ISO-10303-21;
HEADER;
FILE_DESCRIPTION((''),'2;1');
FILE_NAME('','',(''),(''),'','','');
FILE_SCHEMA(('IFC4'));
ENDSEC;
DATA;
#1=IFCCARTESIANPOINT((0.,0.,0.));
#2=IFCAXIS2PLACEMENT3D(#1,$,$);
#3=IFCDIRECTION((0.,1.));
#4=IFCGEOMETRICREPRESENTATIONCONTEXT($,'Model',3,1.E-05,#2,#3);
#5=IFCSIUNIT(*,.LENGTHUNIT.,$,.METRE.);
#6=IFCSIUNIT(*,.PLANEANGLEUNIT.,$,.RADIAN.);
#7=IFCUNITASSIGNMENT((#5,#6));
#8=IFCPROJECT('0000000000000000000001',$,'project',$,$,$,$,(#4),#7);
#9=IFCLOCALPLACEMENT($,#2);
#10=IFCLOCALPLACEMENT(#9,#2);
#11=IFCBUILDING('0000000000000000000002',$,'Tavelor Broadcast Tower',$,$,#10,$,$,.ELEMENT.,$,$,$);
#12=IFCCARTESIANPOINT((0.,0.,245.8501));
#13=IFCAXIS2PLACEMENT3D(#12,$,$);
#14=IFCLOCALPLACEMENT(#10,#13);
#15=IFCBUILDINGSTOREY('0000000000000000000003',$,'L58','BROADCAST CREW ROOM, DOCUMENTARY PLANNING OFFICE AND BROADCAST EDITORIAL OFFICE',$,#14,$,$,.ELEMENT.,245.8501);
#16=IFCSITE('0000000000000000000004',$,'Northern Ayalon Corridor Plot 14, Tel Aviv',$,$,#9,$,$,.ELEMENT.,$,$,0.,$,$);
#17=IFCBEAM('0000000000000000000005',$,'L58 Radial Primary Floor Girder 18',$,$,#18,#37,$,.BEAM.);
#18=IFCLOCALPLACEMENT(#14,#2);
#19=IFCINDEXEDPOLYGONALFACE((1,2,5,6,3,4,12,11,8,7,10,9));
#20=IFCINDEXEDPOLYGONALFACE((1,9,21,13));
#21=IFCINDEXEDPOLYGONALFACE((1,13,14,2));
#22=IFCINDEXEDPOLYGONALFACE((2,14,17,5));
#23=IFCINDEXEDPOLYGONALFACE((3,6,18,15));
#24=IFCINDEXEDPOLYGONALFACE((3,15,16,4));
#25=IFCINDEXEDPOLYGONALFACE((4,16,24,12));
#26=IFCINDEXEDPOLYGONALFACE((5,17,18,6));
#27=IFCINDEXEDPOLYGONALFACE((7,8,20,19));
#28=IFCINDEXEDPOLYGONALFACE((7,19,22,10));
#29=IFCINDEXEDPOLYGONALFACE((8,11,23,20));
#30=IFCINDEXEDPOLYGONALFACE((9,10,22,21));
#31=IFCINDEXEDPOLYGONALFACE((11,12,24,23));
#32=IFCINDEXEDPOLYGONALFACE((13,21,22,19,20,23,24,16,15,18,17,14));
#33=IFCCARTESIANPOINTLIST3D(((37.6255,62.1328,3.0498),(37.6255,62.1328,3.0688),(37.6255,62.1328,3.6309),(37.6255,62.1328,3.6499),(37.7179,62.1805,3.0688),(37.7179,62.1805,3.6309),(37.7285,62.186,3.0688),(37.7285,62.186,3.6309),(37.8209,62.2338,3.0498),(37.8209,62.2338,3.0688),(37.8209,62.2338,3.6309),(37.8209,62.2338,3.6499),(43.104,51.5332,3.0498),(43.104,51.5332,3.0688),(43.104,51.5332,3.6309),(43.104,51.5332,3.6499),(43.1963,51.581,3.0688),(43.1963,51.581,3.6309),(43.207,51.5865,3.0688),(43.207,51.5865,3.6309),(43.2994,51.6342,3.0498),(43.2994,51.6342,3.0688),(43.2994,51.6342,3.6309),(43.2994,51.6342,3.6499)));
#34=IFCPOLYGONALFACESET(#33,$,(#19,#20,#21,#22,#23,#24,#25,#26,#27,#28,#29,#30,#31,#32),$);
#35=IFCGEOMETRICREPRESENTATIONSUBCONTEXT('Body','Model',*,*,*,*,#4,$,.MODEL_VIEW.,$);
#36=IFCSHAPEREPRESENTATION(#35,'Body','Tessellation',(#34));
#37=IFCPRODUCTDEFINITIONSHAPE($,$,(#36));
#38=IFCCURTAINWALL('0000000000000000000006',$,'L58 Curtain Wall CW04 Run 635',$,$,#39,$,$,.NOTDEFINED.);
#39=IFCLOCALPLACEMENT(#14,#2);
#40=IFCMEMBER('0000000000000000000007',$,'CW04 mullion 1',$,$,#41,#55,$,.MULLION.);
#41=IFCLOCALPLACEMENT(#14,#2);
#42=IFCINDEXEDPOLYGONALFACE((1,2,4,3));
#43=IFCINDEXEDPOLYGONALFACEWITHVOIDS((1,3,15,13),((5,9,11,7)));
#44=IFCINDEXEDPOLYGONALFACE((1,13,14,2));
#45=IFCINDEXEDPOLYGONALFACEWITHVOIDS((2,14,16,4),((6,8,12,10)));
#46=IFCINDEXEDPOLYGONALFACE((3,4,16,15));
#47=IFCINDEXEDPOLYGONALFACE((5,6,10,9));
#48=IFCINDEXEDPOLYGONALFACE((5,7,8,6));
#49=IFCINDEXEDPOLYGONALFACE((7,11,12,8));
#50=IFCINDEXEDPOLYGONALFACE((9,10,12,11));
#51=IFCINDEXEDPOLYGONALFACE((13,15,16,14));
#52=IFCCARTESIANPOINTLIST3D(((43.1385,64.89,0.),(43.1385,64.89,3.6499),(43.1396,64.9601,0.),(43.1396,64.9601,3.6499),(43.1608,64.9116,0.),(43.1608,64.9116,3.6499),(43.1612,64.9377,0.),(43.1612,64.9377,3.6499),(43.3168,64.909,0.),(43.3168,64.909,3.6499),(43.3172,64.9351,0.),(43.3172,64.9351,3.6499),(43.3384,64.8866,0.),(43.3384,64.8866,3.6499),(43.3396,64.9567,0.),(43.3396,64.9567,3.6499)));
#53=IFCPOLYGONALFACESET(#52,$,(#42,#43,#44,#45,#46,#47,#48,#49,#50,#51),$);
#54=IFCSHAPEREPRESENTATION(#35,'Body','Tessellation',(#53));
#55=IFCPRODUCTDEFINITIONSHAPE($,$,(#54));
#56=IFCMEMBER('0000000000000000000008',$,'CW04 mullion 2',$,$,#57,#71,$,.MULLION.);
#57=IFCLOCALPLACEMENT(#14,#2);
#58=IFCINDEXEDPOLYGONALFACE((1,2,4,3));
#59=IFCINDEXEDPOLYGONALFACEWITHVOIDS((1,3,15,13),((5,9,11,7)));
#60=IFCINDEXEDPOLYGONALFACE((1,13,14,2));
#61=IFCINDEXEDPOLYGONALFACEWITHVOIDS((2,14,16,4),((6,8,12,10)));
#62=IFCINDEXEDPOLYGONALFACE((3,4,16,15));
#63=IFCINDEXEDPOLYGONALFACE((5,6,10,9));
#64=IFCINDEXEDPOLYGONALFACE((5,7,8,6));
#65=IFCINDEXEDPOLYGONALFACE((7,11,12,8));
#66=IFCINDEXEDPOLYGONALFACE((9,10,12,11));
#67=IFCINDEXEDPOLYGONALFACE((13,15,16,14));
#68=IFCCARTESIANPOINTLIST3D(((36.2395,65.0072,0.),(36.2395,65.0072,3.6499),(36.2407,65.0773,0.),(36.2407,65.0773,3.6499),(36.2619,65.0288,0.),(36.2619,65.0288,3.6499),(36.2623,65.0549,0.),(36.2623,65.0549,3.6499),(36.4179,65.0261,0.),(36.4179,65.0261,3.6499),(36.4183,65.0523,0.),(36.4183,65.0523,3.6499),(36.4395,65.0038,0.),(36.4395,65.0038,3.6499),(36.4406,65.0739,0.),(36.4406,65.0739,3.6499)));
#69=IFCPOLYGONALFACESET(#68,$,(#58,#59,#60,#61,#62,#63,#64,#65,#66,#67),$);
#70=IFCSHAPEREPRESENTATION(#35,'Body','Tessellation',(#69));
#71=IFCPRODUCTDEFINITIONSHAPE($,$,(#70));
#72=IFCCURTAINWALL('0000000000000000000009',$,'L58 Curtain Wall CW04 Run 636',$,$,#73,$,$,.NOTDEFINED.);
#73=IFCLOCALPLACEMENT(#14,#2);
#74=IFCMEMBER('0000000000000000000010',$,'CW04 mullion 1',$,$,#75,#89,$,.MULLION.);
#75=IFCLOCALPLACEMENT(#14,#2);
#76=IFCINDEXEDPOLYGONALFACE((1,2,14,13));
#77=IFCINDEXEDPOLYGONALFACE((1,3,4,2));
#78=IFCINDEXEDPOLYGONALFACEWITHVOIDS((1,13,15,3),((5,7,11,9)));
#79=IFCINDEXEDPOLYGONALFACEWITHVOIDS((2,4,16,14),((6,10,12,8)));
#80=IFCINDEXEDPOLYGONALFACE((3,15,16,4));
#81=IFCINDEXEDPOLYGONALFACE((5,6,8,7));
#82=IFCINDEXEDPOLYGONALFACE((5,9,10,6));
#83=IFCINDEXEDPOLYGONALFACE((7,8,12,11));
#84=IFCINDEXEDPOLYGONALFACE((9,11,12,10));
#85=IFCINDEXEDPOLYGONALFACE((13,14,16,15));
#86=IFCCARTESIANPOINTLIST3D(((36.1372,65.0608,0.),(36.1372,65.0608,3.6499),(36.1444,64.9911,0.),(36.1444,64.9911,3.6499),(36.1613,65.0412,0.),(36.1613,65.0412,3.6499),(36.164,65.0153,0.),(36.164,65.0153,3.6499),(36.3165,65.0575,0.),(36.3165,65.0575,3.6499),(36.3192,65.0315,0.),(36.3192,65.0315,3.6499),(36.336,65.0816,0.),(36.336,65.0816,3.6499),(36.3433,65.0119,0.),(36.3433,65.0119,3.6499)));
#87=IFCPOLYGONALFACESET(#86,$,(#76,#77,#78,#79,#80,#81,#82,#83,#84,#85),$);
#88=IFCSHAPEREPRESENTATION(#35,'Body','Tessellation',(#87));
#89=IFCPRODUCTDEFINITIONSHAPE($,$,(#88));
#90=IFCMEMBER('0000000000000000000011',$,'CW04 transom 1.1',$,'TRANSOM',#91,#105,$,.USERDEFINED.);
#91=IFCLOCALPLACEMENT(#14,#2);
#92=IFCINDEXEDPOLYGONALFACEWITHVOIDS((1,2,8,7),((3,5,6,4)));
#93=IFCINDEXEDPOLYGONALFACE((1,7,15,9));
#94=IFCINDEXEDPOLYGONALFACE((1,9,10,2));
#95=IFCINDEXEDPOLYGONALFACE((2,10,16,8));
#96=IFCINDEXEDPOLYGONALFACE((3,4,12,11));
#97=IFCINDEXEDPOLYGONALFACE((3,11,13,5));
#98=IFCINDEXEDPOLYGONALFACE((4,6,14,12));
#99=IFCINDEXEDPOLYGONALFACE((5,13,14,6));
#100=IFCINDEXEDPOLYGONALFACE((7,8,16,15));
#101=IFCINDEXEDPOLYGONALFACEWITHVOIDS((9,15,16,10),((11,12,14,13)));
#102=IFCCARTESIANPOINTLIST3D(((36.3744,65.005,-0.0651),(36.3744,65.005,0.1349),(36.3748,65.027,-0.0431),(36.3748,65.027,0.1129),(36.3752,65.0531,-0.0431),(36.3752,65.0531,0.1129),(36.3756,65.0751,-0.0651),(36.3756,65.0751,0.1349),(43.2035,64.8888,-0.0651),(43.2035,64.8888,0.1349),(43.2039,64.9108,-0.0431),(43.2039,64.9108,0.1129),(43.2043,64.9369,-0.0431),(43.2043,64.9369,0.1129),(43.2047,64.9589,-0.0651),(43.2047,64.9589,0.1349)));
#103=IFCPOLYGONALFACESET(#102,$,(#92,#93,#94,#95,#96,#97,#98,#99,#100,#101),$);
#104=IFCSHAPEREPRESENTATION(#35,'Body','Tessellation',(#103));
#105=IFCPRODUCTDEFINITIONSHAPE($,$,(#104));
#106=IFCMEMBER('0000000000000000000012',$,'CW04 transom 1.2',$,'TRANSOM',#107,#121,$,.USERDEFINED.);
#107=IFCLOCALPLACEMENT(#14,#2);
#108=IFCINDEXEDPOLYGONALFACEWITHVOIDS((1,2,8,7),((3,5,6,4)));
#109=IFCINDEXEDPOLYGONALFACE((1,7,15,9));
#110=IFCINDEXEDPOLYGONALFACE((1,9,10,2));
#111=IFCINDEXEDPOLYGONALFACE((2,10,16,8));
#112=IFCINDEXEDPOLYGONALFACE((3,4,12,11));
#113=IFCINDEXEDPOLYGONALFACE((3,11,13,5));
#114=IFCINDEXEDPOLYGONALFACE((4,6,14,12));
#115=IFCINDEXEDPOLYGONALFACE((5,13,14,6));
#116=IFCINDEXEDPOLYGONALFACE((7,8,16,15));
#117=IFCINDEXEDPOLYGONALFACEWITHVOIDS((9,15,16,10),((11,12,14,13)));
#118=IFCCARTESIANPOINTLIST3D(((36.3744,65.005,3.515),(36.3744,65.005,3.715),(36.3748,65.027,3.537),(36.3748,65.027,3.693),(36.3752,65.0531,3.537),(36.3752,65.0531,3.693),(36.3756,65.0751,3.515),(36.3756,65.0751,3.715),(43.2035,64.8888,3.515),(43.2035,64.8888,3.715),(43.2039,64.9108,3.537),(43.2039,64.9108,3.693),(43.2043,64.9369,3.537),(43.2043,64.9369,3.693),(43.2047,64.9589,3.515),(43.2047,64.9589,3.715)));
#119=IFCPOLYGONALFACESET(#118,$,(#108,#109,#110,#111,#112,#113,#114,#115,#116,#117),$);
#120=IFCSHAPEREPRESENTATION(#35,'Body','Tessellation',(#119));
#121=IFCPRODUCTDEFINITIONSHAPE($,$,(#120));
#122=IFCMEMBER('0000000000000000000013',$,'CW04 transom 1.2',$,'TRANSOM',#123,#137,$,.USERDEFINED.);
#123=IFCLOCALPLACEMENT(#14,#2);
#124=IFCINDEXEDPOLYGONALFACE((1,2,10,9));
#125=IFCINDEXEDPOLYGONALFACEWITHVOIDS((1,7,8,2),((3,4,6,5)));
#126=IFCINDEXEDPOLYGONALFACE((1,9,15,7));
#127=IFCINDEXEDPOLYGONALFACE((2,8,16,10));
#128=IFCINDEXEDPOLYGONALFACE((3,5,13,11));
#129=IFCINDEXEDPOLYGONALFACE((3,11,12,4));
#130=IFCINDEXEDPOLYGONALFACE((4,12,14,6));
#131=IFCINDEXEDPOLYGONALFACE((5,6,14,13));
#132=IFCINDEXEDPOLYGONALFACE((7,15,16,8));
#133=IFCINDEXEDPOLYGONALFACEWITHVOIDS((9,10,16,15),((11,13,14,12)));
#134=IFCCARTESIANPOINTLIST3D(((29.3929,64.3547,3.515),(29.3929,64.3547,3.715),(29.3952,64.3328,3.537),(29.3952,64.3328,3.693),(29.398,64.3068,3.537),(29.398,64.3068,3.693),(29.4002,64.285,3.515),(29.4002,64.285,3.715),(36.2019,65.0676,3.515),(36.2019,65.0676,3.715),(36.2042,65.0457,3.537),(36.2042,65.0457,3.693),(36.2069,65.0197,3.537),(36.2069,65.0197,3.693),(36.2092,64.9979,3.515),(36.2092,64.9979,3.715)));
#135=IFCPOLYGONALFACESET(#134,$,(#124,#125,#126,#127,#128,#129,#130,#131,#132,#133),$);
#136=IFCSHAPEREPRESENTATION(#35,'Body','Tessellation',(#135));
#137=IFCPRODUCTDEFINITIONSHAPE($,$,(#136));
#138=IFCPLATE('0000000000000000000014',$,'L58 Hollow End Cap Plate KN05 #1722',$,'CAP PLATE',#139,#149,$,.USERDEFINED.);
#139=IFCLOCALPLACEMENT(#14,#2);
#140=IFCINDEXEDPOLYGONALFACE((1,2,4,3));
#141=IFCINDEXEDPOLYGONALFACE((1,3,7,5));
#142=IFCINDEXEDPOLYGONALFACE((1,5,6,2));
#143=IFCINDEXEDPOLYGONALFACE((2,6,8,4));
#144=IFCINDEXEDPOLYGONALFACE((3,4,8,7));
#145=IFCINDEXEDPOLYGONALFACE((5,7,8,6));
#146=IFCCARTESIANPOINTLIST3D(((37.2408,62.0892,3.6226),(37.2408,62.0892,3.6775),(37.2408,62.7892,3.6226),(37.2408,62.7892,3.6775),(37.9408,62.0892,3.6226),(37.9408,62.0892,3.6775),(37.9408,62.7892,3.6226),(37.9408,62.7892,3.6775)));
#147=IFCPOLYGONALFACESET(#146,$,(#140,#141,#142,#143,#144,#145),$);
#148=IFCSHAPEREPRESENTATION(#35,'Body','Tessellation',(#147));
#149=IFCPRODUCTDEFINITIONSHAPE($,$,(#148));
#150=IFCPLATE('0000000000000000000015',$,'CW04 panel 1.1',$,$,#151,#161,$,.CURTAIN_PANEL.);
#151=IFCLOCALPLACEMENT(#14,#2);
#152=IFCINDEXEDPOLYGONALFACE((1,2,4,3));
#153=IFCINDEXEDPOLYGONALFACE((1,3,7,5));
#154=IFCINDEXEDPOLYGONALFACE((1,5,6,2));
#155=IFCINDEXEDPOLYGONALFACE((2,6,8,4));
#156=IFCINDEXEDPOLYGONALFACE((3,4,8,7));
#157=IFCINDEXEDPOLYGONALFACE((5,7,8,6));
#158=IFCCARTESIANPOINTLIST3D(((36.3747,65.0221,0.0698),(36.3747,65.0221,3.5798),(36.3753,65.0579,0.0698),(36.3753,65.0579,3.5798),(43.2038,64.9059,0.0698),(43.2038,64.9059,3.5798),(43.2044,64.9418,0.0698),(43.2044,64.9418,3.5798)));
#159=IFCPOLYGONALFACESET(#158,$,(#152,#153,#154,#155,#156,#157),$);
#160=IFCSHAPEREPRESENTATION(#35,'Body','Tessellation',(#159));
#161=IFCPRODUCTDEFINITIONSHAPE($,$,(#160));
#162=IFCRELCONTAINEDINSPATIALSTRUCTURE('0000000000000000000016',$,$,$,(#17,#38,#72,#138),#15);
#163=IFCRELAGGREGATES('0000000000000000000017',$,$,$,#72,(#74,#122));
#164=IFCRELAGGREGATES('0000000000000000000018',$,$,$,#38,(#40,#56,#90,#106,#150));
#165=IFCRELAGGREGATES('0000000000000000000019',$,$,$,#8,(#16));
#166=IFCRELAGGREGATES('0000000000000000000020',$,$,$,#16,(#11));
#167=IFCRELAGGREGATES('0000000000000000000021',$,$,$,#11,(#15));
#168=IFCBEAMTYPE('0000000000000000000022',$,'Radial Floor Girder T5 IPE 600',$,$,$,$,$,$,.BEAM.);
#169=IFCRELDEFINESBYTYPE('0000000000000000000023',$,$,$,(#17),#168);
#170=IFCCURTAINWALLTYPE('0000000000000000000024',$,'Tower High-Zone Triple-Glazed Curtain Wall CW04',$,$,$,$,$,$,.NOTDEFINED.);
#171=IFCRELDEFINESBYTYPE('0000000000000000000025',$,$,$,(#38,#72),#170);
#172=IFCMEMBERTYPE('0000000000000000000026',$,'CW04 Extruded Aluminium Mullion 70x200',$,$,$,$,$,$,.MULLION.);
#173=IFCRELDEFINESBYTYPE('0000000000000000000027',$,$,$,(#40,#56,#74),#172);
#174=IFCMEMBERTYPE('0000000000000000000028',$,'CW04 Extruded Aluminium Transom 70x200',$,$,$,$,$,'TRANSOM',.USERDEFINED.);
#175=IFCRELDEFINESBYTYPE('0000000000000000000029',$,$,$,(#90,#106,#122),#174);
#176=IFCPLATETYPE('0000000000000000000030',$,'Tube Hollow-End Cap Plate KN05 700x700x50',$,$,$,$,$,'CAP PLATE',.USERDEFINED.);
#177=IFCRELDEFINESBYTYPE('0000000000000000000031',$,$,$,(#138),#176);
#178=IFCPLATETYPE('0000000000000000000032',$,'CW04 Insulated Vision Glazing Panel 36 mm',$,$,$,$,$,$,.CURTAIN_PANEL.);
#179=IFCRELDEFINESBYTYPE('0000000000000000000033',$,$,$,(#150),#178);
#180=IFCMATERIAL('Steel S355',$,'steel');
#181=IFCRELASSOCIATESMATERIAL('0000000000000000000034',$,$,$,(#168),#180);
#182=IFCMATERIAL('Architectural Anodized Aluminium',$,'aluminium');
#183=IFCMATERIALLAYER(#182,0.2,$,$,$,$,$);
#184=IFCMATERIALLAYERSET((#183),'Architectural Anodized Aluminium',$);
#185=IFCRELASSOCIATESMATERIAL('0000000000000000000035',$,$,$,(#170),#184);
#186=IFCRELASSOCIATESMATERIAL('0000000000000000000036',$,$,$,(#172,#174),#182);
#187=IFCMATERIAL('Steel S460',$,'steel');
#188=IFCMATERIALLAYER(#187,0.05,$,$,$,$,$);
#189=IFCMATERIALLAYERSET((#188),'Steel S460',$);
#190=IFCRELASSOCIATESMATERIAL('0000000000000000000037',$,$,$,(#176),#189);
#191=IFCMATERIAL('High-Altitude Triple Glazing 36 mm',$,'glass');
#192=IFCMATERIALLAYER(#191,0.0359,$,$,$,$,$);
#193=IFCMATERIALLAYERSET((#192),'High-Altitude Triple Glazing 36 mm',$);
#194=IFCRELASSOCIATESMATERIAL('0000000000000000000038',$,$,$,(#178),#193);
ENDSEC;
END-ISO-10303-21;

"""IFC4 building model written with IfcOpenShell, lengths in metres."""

from ifc_helpers import new_model, si_unit, direction, frame, origin, origin_2d, place, context, subcontext, project, spatial, rectangle, hollow_rectangle, i_section, extrude, source, transform, mapped, material, layer, layer_set, material_profile, profile_set, type_object, type_shapes, element, aggregate, save


model = new_model("IFC4")

# Units and contexts
model_context = context("Model", 3, precision=1e-05, world=origin(), true_north=direction((0.0, 1.0)))
body_context = subcontext(model_context, "Body", "Model", "MODEL_VIEW")
ifc_project = project(units=[si_unit("LENGTHUNIT", "METRE"), si_unit("PLANEANGLEUNIT", "RADIAN")], contexts=[model_context])

# Site, building, storey
site_placement = place(None, origin())
site = spatial("IfcSite", under=ifc_project, at=site_placement, Name="Northern Ayalon Corridor Plot 14, Tel Aviv", CompositionType="ELEMENT", RefElevation=0.0)
building_placement = place(site_placement, origin())
building = spatial("IfcBuilding", under=site, at=building_placement, Name="Tavelor Broadcast Tower", CompositionType="ELEMENT")
storey_placement = place(building_placement, frame((0.0, 0.0, 245.8501)))
storey = spatial("IfcBuildingStorey", under=building, at=storey_placement, Name="L58", Description="BROADCAST CREW ROOM, DOCUMENTARY PLANNING OFFICE AND BROADCAST EDITORIAL OFFICE", CompositionType="ELEMENT", Elevation=245.8501)

# Shared definitions
ifc_material_1 = material(Name="Steel S460", Category="steel")

# Beam
ifc_material_2 = material(Name="Steel S355", Category="steel")
ifc_material_profile_1 = material_profile(ifc_material_2, i_section(OverallWidth=0.22, OverallDepth=0.6001, WebThickness=0.012, FlangeThickness=0.019, at=origin_2d()), Name="IPE 600")
ifc_profile_set_1 = profile_set([ifc_material_profile_1], Name="Steel S355")
beam_type_1 = type_object("IfcBeamType", Name="Radial Floor Girder T5 IPE 600", PredefinedType="BEAM", material=ifc_profile_set_1)
beam_1_placement = place(storey_placement, frame((43.2017, 51.5837, 3.3499), z_axis=(-0.459156, 0.888356, 0.0), x_axis=(-0.888356, -0.459156, 0.0)))
element("IfcBeam", 1, at=beam_1_placement, inside=storey, type_object=beam_type_1, Name="L58 Radial Primary Floor Girder 18", PredefinedType="BEAM", context=body_context, shape_type="SweptSolid", body=[
    extrude(i_section(OverallWidth=0.22, OverallDepth=0.6001, WebThickness=0.012, FlangeThickness=0.019, at=origin_2d()), origin(), (0.0, 0.0, 1.0), 11.9316),
])

# Curtain wall, members
ifc_material_3 = material(Name="Architectural Anodized Aluminium", Category="aluminium")
ifc_layer_1 = layer(ifc_material_3, 0.2)
ifc_layer_set_1 = layer_set([ifc_layer_1], Name="Architectural Anodized Aluminium")
curtain_wall_type = type_object("IfcCurtainWallType", Name="Tower High-Zone Triple-Glazed Curtain Wall CW04", PredefinedType="NOTDEFINED", material=ifc_layer_set_1)
curtain_wall_1_placement = place(storey_placement, origin())
curtain_wall_1 = element("IfcCurtainWall", 2, at=curtain_wall_1_placement, inside=storey, type_object=curtain_wall_type, Name="L58 Curtain Wall CW04 Run 635", PredefinedType="NOTDEFINED")
ifc_material_profile_2 = material_profile(ifc_material_3, hollow_rectangle(XDim=0.0701, YDim=0.2, WallThickness=0.022, at=origin_2d()), Name="RHS 70x200x22")
ifc_profile_set_2 = profile_set([ifc_material_profile_2], Name="Architectural Anodized Aluminium")
member_type_1 = type_object("IfcMemberType", Name="CW04 Extruded Aluminium Mullion 70x200", PredefinedType="MULLION", material=ifc_profile_set_2)
shared_shape_1 = source(origin(), body_context, "Body", "SweptSolid", [
    extrude(hollow_rectangle(XDim=0.0701, YDim=0.2, WallThickness=0.022, at=origin_2d()), origin(), (0.0, 0.0, 1.0), 3.6499),
])
type_shapes(member_type_1, [shared_shape_1])
member_1_placement = place(storey_placement, frame((43.239, 64.9233, 0.0), z_axis=(0.0, 0.0, 1.0), x_axis=(-0.017001, -0.999855, 0.0)))
member_1 = element("IfcMember", 3, at=member_1_placement, type_object=member_type_1, Name="CW04 mullion 1", PredefinedType="MULLION", context=body_context, shape_type="MappedRepresentation", body=[
    mapped(shared_shape_1, transform((0.0, 0.0, 0.0), scale=1.0)),
])
member_2_placement = place(storey_placement, frame((36.3401, 65.0405, 0.0), z_axis=(0.0, 0.0, 1.0), x_axis=(-0.017001, -0.999855, 0.0)))
member_2 = element("IfcMember", 4, at=member_2_placement, type_object=member_type_1, Name="CW04 mullion 2", PredefinedType="MULLION", context=body_context, shape_type="MappedRepresentation", body=[
    mapped(shared_shape_1, transform((0.0, 0.0, 0.0), scale=1.0)),
])

# Curtain wall, member
curtain_wall_2_placement = place(storey_placement, origin())
curtain_wall_2 = element("IfcCurtainWall", 5, at=curtain_wall_2_placement, inside=storey, type_object=curtain_wall_type, Name="L58 Curtain Wall CW04 Run 636", PredefinedType="NOTDEFINED")
member_3_placement = place(storey_placement, frame((36.2402, 65.0364, 0.0), z_axis=(0.0, 0.0, 1.0), x_axis=(0.10412, -0.994565, 0.0)))
member_3 = element("IfcMember", 6, at=member_3_placement, type_object=member_type_1, Name="CW04 mullion 1", PredefinedType="MULLION", context=body_context, shape_type="MappedRepresentation", body=[
    mapped(shared_shape_1, transform((0.0, 0.0, 0.0), scale=1.0)),
])

# Members
ifc_material_profile_3 = material_profile(ifc_material_3, hollow_rectangle(XDim=0.0701, YDim=0.2, WallThickness=0.022, at=origin_2d()), Name="RHS 70x200x22")
ifc_profile_set_3 = profile_set([ifc_material_profile_3], Name="Architectural Anodized Aluminium")
member_type_2 = type_object("IfcMemberType", Name="CW04 Extruded Aluminium Transom 70x200", ElementType="TRANSOM", PredefinedType="USERDEFINED", material=ifc_profile_set_3)
shared_shape_2 = source(origin(), body_context, "Body", "SweptSolid", [
    extrude(hollow_rectangle(XDim=0.0701, YDim=0.2, WallThickness=0.022, at=origin_2d()), origin(), (0.0, 0.0, 1.0), 6.8301),
])
member_4_placement = place(storey_placement, frame((43.2041, 64.9238, 0.0349), z_axis=(-0.999855, 0.017015, 0.0), x_axis=(-0.017015, -0.999855, 0.0)))
member_4 = element("IfcMember", 7, at=member_4_placement, type_object=member_type_2, Name="CW04 transom 1.1", ObjectType="TRANSOM", PredefinedType="USERDEFINED", context=body_context, shape_type="MappedRepresentation", body=[
    mapped(shared_shape_2, transform((0.0, 0.0, 0.0), scale=1.0)),
])
member_5_placement = place(storey_placement, frame((43.2041, 64.9238, 3.615), z_axis=(-0.999855, 0.017015, 0.0), x_axis=(-0.017015, -0.999855, 0.0)))
member_5 = element("IfcMember", 8, at=member_5_placement, type_object=member_type_2, Name="CW04 transom 1.2", ObjectType="TRANSOM", PredefinedType="USERDEFINED", context=body_context, shape_type="MappedRepresentation", body=[
    mapped(shared_shape_2, transform((0.0, 0.0, 0.0), scale=1.0)),
])
shared_shape_3 = source(origin(), body_context, "Body", "SweptSolid", [
    extrude(hollow_rectangle(XDim=0.0701, YDim=0.2, WallThickness=0.022, at=origin_2d()), origin(), (0.0, 0.0, 1.0), 6.8462),
])
type_shapes(member_type_2, [shared_shape_2, shared_shape_3])
member_6_placement = place(storey_placement, frame((36.2056, 65.0327, 3.615), z_axis=(-0.994564, -0.104128, 0.0), x_axis=(0.104128, -0.994564, 0.0)))
member_6 = element("IfcMember", 9, at=member_6_placement, type_object=member_type_2, Name="CW04 transom 1.2", ObjectType="TRANSOM", PredefinedType="USERDEFINED", context=body_context, shape_type="MappedRepresentation", body=[
    mapped(shared_shape_3, transform((0.0, 0.0, 0.0), scale=1.0)),
])
aggregate(curtain_wall_2, [member_3, member_6])

# Plates
ifc_layer_2 = layer(ifc_material_1, 0.05)
ifc_layer_set_2 = layer_set([ifc_layer_2], Name="Steel S460")
plate_type_1 = type_object("IfcPlateType", Name="Tube Hollow-End Cap Plate KN05 700x700x50", ElementType="CAP PLATE", PredefinedType="USERDEFINED", material=ifc_layer_set_2)
shared_shape_4 = source(origin(), body_context, "Body", "SweptSolid", [
    extrude(rectangle(XDim=0.7, YDim=0.7, at=origin_2d()), origin(), (0.0, 0.0, 1.0), 0.0549),
])
type_shapes(plate_type_1, [shared_shape_4])
plate_1_placement = place(storey_placement, frame((37.5908, 62.4392, 3.6226), z_axis=(0.0, 0.0, 1.0), x_axis=(1.0, 0.0, 0.0)))
element("IfcPlate", 10, at=plate_1_placement, inside=storey, type_object=plate_type_1, Name="L58 Hollow End Cap Plate KN05 #1722", ObjectType="CAP PLATE", PredefinedType="USERDEFINED", context=body_context, shape_type="MappedRepresentation", body=[
    mapped(shared_shape_4, transform((0.0, 0.0, 0.0), scale=1.0)),
])
ifc_material_4 = material(Name="High-Altitude Triple Glazing 36 mm", Category="glass")
ifc_layer_3 = layer(ifc_material_4, 0.0359)
ifc_layer_set_3 = layer_set([ifc_layer_3], Name="High-Altitude Triple Glazing 36 mm")
plate_type_2 = type_object("IfcPlateType", Name="CW04 Insulated Vision Glazing Panel 36 mm", PredefinedType="CURTAIN_PANEL", material=ifc_layer_set_3)
shared_shape_5 = source(origin(), body_context, "Body", "SweptSolid", [
    extrude(rectangle(XDim=6.8301, YDim=0.0359, at=origin_2d()), origin(), (0.0, 0.0, 1.0), 3.51),
])
type_shapes(plate_type_2, [shared_shape_5])
plate_2_placement = place(storey_placement, frame((39.7896, 64.9819, 0.0698), z_axis=(0.0, 0.0, 1.0), x_axis=(-0.999855, 0.017001, 0.0)))
plate_2 = element("IfcPlate", 11, at=plate_2_placement, type_object=plate_type_2, Name="CW04 panel 1.1", PredefinedType="CURTAIN_PANEL", context=body_context, shape_type="MappedRepresentation", body=[
    mapped(shared_shape_5, transform((0.0, 0.0, 0.0), scale=1.0)),
])
aggregate(curtain_wall_1, [member_1, member_2, member_4, member_5, plate_2])

save(model, "model.ifc")
